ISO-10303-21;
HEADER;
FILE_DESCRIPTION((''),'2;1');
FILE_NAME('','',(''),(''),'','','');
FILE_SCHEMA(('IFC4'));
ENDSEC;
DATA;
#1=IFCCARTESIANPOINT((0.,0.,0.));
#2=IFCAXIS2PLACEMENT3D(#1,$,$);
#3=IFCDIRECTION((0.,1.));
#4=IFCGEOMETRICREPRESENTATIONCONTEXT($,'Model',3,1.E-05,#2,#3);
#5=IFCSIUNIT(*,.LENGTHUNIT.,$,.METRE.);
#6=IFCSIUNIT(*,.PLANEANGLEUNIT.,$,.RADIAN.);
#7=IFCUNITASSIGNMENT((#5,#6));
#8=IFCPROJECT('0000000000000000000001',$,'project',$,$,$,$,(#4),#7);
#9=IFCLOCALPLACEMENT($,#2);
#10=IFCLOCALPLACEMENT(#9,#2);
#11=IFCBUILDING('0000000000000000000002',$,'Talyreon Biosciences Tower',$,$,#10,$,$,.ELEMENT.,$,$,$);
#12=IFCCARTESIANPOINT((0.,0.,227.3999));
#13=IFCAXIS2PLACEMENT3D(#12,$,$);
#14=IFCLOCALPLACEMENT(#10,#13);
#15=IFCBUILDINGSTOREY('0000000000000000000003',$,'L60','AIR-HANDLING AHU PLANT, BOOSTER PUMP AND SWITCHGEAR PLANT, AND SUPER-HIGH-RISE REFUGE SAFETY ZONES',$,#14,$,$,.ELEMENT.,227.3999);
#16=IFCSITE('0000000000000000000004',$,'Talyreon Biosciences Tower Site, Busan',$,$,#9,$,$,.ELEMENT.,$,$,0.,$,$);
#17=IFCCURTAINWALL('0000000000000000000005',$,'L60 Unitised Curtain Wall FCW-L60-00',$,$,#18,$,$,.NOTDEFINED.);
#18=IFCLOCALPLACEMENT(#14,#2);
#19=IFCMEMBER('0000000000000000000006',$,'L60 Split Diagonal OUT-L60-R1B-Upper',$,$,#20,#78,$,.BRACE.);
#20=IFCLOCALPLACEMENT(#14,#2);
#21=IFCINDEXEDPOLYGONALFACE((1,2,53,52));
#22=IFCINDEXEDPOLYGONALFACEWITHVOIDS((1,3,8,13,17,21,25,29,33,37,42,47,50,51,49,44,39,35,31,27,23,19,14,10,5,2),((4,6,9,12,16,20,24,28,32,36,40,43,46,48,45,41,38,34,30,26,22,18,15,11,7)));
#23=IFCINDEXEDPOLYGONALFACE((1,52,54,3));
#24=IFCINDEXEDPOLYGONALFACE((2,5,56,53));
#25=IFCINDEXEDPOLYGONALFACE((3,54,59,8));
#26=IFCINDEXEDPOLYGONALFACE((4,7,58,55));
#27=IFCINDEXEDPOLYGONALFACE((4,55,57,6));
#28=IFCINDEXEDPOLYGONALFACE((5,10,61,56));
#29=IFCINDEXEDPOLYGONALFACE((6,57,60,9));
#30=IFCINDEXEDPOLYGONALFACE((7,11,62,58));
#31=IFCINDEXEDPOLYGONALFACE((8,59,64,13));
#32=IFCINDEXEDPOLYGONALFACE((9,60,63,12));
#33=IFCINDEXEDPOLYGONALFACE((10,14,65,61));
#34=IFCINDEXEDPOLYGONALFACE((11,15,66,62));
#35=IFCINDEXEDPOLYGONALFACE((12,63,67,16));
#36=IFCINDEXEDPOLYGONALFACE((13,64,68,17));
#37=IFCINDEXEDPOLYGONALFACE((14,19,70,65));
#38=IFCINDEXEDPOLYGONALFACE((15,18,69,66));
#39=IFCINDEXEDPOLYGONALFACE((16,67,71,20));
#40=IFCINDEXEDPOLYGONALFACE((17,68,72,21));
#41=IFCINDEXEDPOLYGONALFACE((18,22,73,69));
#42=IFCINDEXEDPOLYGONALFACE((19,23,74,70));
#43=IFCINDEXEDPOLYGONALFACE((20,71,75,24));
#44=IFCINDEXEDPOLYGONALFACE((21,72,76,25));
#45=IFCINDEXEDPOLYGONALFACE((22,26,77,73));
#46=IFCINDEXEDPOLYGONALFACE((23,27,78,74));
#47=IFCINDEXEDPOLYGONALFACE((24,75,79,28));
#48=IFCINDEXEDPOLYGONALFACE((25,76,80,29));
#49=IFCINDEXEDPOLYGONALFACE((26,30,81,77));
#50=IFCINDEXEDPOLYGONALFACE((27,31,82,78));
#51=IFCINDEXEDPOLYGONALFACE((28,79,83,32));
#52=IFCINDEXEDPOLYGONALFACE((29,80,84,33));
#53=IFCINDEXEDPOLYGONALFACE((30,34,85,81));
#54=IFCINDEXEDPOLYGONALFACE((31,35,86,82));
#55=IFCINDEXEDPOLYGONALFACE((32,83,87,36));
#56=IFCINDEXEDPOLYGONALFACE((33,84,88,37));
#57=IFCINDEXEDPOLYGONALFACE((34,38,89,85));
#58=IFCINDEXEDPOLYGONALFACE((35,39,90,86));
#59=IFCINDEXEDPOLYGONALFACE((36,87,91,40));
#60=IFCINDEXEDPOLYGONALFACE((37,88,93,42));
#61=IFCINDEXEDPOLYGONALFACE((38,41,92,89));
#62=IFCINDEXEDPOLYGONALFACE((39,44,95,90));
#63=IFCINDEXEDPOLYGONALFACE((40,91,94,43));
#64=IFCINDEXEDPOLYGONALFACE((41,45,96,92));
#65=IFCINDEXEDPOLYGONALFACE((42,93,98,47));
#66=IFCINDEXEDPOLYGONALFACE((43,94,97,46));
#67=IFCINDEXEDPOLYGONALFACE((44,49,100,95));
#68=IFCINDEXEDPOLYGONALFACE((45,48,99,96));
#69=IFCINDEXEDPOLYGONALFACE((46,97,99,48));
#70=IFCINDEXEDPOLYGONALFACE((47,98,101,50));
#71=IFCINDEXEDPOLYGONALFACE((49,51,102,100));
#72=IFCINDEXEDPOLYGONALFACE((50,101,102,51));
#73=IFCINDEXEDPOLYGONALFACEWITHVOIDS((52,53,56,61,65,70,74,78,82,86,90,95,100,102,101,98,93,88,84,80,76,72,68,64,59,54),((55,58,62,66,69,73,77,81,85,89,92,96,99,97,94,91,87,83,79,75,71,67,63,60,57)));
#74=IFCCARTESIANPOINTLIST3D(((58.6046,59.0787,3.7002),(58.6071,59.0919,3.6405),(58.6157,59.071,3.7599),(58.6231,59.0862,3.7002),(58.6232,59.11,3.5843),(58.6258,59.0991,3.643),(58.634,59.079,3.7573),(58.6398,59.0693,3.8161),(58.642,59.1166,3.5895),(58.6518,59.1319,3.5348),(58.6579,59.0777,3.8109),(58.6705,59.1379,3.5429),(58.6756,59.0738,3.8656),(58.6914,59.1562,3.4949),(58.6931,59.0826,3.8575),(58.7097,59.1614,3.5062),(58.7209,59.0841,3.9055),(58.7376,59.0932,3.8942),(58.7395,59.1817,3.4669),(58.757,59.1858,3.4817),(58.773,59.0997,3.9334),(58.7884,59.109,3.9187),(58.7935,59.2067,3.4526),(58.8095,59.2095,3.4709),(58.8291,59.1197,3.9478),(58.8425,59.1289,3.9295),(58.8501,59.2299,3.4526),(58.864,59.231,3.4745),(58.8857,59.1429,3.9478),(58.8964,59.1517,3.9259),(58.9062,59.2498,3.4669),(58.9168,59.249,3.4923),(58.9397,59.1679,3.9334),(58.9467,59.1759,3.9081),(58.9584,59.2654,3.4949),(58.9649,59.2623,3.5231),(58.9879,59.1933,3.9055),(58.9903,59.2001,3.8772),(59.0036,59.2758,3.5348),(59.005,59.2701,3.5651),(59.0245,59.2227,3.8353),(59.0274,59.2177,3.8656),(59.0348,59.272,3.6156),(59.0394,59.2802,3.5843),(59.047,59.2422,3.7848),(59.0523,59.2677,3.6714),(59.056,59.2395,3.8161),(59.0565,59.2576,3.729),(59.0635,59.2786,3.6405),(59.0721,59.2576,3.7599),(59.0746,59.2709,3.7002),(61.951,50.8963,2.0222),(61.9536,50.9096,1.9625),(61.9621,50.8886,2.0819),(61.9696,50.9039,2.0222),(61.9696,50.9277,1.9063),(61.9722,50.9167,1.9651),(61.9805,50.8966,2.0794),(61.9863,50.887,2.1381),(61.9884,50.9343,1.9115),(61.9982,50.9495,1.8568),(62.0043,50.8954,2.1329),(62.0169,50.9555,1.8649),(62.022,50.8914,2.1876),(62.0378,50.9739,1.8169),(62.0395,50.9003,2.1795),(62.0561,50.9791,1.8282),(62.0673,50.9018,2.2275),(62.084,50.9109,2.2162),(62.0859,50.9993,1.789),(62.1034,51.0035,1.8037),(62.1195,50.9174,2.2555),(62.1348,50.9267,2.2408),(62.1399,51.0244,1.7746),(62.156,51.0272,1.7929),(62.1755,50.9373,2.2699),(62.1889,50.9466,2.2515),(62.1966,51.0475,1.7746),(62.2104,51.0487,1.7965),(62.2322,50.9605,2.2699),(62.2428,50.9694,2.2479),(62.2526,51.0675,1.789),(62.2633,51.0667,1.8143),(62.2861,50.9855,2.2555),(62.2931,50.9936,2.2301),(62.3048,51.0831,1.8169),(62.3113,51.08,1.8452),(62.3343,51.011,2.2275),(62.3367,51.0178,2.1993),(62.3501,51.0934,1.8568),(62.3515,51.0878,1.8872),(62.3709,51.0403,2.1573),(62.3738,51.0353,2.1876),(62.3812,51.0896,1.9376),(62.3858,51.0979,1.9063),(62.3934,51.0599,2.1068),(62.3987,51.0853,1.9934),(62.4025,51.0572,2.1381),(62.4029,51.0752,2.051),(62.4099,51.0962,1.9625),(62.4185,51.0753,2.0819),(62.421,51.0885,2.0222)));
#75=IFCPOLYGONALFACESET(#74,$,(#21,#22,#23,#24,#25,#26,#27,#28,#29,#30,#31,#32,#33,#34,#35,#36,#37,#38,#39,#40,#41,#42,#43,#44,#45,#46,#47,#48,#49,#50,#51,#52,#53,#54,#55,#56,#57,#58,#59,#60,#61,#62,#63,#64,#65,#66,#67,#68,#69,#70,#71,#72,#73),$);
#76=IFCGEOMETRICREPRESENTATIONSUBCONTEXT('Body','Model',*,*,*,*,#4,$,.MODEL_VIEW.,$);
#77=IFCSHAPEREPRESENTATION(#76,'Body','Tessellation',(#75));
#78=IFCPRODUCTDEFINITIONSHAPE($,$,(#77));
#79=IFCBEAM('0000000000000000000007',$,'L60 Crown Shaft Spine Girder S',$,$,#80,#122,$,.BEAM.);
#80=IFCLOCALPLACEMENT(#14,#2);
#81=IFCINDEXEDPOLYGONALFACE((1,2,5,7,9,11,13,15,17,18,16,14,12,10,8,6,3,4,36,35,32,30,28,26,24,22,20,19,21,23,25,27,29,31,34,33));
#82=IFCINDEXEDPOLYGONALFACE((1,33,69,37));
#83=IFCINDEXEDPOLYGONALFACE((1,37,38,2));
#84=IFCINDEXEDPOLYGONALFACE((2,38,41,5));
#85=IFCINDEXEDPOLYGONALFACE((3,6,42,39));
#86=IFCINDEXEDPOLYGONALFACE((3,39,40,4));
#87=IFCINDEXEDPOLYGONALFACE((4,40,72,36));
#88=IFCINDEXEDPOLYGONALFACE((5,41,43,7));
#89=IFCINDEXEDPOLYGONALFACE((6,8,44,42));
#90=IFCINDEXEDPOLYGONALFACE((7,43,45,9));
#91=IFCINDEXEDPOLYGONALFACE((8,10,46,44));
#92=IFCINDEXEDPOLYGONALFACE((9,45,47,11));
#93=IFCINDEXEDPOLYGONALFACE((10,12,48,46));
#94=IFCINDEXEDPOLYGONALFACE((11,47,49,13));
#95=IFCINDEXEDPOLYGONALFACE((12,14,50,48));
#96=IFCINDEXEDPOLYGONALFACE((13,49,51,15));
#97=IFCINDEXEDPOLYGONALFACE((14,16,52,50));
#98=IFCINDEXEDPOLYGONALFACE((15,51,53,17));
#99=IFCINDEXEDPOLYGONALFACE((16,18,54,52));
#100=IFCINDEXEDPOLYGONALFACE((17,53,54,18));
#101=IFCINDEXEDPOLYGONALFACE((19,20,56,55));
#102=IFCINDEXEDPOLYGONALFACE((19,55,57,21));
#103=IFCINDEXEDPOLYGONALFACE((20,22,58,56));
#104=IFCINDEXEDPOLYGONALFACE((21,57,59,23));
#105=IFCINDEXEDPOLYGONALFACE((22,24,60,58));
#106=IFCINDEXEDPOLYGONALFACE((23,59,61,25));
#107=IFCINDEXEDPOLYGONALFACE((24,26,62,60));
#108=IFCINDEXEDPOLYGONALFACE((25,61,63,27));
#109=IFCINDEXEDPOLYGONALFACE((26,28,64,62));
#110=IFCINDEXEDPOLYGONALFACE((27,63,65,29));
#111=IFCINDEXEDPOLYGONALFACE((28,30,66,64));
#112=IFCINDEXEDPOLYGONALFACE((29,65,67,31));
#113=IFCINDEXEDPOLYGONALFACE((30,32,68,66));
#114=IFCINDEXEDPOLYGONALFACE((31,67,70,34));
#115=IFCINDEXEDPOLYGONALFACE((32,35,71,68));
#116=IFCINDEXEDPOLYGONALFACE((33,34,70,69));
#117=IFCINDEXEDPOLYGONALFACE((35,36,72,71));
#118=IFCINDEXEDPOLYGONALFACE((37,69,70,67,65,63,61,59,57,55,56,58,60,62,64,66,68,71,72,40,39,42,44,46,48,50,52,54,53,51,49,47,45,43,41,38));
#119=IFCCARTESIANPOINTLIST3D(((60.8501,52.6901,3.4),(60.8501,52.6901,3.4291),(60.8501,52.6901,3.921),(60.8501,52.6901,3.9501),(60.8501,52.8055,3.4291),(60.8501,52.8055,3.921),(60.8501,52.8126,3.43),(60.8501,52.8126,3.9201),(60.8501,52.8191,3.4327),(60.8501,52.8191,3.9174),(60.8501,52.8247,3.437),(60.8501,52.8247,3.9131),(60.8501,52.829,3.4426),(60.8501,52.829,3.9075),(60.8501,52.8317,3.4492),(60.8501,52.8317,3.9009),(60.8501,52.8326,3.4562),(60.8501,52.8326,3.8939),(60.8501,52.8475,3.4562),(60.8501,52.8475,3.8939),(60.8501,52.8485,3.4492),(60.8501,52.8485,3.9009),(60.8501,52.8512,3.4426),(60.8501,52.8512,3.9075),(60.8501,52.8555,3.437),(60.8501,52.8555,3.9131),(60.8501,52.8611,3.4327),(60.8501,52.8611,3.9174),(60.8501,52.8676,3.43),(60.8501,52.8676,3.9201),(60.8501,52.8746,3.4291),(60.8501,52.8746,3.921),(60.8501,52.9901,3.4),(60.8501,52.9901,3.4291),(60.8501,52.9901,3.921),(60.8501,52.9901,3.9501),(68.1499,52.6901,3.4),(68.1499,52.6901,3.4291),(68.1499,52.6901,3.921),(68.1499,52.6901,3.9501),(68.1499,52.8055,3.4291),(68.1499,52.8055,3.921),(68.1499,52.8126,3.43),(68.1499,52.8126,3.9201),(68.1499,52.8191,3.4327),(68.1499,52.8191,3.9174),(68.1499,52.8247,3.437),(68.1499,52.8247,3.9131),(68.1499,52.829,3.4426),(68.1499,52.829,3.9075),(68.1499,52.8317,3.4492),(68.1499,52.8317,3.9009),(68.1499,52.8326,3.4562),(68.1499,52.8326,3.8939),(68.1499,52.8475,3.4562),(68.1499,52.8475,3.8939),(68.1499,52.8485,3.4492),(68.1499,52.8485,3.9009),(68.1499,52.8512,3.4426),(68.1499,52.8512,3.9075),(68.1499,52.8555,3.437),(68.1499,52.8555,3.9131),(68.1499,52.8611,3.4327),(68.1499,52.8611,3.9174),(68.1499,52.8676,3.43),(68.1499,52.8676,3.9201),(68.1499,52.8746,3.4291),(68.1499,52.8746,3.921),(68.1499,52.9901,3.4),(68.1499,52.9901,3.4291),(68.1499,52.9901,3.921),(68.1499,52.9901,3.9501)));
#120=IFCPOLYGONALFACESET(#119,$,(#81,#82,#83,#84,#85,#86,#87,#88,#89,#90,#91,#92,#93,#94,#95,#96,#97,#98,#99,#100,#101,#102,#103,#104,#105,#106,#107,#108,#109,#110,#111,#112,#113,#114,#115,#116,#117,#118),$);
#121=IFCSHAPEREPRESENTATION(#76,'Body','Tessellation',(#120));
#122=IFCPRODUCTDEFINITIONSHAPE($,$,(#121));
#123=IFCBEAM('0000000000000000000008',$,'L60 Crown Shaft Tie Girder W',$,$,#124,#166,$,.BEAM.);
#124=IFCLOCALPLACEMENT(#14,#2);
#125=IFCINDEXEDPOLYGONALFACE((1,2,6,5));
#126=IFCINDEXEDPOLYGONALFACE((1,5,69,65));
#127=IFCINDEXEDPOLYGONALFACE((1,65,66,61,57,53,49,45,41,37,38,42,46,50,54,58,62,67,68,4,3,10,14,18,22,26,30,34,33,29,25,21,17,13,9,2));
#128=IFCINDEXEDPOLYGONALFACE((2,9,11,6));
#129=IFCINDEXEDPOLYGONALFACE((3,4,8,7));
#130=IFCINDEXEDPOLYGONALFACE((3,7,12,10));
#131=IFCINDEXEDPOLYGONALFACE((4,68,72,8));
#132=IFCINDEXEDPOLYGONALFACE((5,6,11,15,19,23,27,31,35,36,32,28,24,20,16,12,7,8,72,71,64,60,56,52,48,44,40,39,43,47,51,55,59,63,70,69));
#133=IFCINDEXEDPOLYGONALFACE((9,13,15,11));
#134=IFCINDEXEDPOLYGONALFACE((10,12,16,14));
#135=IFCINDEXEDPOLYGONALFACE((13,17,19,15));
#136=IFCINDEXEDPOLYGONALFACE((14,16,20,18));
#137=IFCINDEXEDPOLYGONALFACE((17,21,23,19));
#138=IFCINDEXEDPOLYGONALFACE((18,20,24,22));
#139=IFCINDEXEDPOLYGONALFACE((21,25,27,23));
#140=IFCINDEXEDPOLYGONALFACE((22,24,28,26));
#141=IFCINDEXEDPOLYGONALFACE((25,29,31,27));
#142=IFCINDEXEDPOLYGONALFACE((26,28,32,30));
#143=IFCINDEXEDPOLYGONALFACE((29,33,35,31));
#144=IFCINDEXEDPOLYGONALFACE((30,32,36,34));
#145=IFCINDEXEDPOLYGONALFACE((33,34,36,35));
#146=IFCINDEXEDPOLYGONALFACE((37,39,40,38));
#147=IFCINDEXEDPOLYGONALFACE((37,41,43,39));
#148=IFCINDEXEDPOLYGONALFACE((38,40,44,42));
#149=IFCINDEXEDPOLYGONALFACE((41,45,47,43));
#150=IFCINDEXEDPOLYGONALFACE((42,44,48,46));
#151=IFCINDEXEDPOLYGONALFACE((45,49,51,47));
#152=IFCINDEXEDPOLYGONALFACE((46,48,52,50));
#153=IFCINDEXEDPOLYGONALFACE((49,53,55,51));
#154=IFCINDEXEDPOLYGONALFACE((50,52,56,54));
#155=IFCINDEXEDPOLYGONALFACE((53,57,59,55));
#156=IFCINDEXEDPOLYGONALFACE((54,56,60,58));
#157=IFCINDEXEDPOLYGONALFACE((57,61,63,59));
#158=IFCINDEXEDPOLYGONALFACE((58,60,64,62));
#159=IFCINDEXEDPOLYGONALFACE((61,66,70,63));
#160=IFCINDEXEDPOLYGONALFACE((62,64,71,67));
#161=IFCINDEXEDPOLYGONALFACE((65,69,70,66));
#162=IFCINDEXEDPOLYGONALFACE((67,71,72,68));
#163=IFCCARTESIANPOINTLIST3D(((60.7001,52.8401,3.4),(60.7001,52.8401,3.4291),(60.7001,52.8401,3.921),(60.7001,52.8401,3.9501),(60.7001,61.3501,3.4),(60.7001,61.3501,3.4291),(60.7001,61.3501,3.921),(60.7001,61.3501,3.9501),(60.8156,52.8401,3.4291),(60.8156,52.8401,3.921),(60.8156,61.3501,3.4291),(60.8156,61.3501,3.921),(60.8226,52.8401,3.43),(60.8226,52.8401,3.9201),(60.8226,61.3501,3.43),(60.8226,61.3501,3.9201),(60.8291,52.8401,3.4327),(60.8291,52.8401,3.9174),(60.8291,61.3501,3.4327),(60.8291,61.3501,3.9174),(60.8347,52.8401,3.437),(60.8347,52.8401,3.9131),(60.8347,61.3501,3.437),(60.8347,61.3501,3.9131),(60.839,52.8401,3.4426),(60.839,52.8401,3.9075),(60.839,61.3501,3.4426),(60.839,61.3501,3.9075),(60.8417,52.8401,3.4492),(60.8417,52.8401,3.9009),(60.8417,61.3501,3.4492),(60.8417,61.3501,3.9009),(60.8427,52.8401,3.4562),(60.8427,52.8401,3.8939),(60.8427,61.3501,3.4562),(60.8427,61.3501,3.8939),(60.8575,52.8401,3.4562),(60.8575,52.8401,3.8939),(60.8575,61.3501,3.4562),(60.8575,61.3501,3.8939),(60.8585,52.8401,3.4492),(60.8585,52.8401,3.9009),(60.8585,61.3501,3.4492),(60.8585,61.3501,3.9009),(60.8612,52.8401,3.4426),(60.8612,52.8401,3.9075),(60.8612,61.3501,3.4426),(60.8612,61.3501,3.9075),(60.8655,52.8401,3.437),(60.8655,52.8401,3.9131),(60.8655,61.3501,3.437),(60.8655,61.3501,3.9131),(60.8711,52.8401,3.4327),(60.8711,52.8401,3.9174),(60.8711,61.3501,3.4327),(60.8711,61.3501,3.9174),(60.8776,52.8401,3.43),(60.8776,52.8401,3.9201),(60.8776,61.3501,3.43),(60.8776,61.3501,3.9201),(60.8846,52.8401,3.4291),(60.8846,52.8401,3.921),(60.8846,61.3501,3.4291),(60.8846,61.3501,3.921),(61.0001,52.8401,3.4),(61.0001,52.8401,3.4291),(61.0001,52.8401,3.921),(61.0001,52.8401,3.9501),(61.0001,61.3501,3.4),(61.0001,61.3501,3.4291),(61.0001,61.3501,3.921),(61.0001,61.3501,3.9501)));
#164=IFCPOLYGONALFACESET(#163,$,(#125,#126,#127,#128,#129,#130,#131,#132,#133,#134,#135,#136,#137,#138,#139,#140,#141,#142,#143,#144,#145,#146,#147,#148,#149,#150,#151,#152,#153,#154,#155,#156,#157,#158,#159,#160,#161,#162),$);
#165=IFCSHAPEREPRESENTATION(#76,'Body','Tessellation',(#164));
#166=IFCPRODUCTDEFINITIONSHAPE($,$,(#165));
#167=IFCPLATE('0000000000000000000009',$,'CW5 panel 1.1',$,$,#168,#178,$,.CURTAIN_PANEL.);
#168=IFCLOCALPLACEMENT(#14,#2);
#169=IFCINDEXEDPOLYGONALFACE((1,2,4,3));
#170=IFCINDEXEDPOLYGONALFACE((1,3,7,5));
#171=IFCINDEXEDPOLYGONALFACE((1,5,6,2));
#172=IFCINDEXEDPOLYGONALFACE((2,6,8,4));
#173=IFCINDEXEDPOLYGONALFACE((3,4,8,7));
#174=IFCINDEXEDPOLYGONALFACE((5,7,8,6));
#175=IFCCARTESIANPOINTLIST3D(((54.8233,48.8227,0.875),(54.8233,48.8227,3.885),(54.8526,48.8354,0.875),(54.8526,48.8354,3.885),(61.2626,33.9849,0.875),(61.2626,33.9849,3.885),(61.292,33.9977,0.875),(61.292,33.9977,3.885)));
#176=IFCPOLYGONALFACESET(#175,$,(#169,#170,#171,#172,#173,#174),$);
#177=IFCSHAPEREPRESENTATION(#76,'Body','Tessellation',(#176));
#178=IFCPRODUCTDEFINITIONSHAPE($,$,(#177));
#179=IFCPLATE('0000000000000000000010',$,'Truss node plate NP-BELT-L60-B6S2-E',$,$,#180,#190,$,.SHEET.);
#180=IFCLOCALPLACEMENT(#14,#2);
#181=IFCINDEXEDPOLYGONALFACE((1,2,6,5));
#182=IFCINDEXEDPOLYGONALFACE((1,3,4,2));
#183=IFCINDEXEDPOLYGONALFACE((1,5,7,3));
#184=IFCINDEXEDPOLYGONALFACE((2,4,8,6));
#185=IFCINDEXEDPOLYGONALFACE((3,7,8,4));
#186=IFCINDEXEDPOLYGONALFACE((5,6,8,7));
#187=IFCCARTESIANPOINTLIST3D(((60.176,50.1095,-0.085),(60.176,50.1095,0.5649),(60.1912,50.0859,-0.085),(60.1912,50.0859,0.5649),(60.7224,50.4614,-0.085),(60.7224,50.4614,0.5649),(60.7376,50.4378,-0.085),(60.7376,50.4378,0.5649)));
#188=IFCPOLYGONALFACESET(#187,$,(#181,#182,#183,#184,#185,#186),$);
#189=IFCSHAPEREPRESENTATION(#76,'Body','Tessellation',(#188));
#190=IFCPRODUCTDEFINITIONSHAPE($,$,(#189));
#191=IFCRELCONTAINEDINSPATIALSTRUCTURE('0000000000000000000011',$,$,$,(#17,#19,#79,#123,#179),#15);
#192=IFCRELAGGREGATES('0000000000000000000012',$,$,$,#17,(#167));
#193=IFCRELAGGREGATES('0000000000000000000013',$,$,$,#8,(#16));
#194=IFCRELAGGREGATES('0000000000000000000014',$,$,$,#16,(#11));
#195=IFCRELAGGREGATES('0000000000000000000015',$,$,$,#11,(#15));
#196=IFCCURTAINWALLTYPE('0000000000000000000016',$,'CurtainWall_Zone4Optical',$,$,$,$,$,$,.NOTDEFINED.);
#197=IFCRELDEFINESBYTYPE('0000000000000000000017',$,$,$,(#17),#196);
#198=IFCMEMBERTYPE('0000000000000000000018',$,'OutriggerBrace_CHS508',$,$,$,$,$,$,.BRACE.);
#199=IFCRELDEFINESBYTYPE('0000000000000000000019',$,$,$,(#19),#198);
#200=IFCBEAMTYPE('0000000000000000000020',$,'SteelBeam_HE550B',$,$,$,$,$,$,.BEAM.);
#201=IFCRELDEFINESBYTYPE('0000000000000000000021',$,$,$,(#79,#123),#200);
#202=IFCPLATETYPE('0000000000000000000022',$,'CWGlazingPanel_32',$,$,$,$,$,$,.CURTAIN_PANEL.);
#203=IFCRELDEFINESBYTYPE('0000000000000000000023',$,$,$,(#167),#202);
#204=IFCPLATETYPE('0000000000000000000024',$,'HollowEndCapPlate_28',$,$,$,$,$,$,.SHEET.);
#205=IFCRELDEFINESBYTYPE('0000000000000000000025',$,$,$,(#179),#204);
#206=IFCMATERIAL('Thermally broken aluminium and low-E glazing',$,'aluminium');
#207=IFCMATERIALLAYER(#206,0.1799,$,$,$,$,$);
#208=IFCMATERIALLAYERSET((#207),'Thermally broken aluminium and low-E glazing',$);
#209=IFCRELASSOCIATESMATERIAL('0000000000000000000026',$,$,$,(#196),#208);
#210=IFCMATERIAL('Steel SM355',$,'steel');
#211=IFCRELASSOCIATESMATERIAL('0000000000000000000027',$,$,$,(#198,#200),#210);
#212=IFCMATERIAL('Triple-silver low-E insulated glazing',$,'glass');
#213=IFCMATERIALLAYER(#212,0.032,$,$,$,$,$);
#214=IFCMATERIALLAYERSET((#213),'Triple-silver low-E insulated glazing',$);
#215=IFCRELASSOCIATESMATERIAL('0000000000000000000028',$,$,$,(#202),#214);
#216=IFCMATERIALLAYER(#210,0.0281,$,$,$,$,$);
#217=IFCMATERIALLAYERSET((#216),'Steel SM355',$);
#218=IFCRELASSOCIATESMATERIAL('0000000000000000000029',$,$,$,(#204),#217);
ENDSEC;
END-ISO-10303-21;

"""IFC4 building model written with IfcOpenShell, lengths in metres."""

from ifc_helpers import new_model, si_unit, direction, frame, origin, origin_2d, place, context, subcontext, project, spatial, rectangle, hollow_circle, i_section, extrude, material, layer, layer_set, material_profile, profile_set, type_object, element, aggregate, save


model = new_model("IFC4")

# Units and contexts
model_context = context("Model", 3, precision=1e-05, world=origin(), true_north=direction((0.0, 1.0)))
body_context = subcontext(model_context, "Body", "Model", "MODEL_VIEW")
ifc_project = project(units=[si_unit("LENGTHUNIT", "METRE"), si_unit("PLANEANGLEUNIT", "RADIAN")], contexts=[model_context])

# Site, building, storey
site_placement = place(None, origin())
site = spatial("IfcSite", under=ifc_project, at=site_placement, Name="Talyreon Biosciences Tower Site, Busan", CompositionType="ELEMENT", RefElevation=0.0)
building_placement = place(site_placement, origin())
building = spatial("IfcBuilding", under=site, at=building_placement, Name="Talyreon Biosciences Tower", CompositionType="ELEMENT")
storey_placement = place(building_placement, frame((0.0, 0.0, 227.3999)))
storey = spatial("IfcBuildingStorey", under=building, at=storey_placement, Name="L60", Description="AIR-HANDLING AHU PLANT, BOOSTER PUMP AND SWITCHGEAR PLANT, AND SUPER-HIGH-RISE REFUGE SAFETY ZONES", CompositionType="ELEMENT", Elevation=227.3999)

# Shared definitions
ifc_material_1 = material(Name="Steel SM355", Category="steel")

# Curtain wall
ifc_material_2 = material(Name="Thermally broken aluminium and low-E glazing", Category="aluminium")
ifc_layer_1 = layer(ifc_material_2, 0.1799)
ifc_layer_set_1 = layer_set([ifc_layer_1], Name="Thermally broken aluminium and low-E glazing")
curtain_wall_type = type_object("IfcCurtainWallType", Name="CurtainWall_Zone4Optical", PredefinedType="NOTDEFINED", material=ifc_layer_set_1)
curtain_wall_placement = place(storey_placement, origin())
curtain_wall = element("IfcCurtainWall", 1, at=curtain_wall_placement, inside=storey, type_object=curtain_wall_type, Name="L60 Unitised Curtain Wall FCW-L60-00", PredefinedType="NOTDEFINED")

# Member
ifc_material_profile_1 = material_profile(ifc_material_1, hollow_circle(Radius=0.2539, WallThickness=0.02, at=origin_2d()), Name="CHS 508x20")
ifc_profile_set_1 = profile_set([ifc_material_profile_1], Name="Steel SM355")
member_type_1 = type_object("IfcMemberType", Name="OutriggerBrace_CHS508", PredefinedType="BRACE", material=ifc_profile_set_1)
member_1_placement = place(storey_placement, frame((62.186, 50.9924, 2.0222), z_axis=(-0.371905, 0.909346, 0.186482), x_axis=(-0.925583, -0.378546, 0.0)))
element("IfcMember", 2, at=member_1_placement, inside=storey, type_object=member_type_1, Name="L60 Split Diagonal OUT-L60-R1B-Upper", PredefinedType="BRACE", context=body_context, shape_type="SweptSolid", body=[
    extrude(hollow_circle(Radius=0.2539, WallThickness=0.02, at=origin_2d()), origin(), (0.0, 0.0, 1.0), 8.998),
])

# Beams
ifc_material_profile_2 = material_profile(ifc_material_1, i_section(OverallWidth=0.3, OverallDepth=0.55, WebThickness=0.0149, FlangeThickness=0.0291, FilletRadius=0.0271, at=origin_2d()), Name="HE550B")
ifc_profile_set_2 = profile_set([ifc_material_profile_2], Name="Steel SM355")
beam_type = type_object("IfcBeamType", Name="SteelBeam_HE550B", PredefinedType="BEAM", material=ifc_profile_set_2)
beam_1_placement = place(storey_placement, frame((60.8501, 52.8401, 3.675), z_axis=(1.0, 0.0, 0.0), x_axis=(0.0, 1.0, 0.0)))
element("IfcBeam", 3, at=beam_1_placement, inside=storey, type_object=beam_type, Name="L60 Crown Shaft Spine Girder S", PredefinedType="BEAM", context=body_context, shape_type="SweptSolid", body=[
    extrude(i_section(OverallWidth=0.3, OverallDepth=0.55, WebThickness=0.0149, FlangeThickness=0.0291, FilletRadius=0.0271, at=origin_2d()), origin(), (0.0, 0.0, 1.0), 7.2998),
])
beam_2_placement = place(storey_placement, frame((60.8501, 52.8401, 3.675), z_axis=(0.0, 1.0, 0.0), x_axis=(-1.0, 0.0, 0.0)))
element("IfcBeam", 4, at=beam_2_placement, inside=storey, type_object=beam_type, Name="L60 Crown Shaft Tie Girder W", PredefinedType="BEAM", context=body_context, shape_type="SweptSolid", body=[
    extrude(i_section(OverallWidth=0.3, OverallDepth=0.55, WebThickness=0.0149, FlangeThickness=0.0291, FilletRadius=0.0271, at=origin_2d()), origin(), (0.0, 0.0, 1.0), 8.51),
])

# Plate
ifc_material_3 = material(Name="Triple-silver low-E insulated glazing", Category="glass")
ifc_layer_2 = layer(ifc_material_3, 0.032)
ifc_layer_set_2 = layer_set([ifc_layer_2], Name="Triple-silver low-E insulated glazing")
plate_type_1 = type_object("IfcPlateType", Name="CWGlazingPanel_32", PredefinedType="CURTAIN_PANEL", material=ifc_layer_set_2)
plate_1_placement = place(storey_placement, frame((58.0576, 41.4102, 0.875), z_axis=(0.0, 0.0, 1.0), x_axis=(-0.398112, 0.917337, 0.0)))
plate_1 = element("IfcPlate", 5, at=plate_1_placement, type_object=plate_type_1, Name="CW5 panel 1.1", PredefinedType="CURTAIN_PANEL", context=body_context, shape_type="SweptSolid", body=[
    extrude(rectangle(XDim=16.1748, YDim=0.032, at=origin_2d()), origin(), (0.0, 0.0, 1.0), 3.01),
])
aggregate(curtain_wall, [plate_1])

# Plate
ifc_layer_3 = layer(ifc_material_1, 0.0281)
ifc_layer_set_3 = layer_set([ifc_layer_3], Name="Steel SM355")
plate_type_2 = type_object("IfcPlateType", Name="HollowEndCapPlate_28", PredefinedType="SHEET", material=ifc_layer_set_3)
plate_2_placement = place(storey_placement, frame((60.4568, 50.2737, -0.085), z_axis=(0.0, 0.0, 1.0), x_axis=(0.840727, 0.541459, 0.0)))
element("IfcPlate", 6, at=plate_2_placement, inside=storey, type_object=plate_type_2, Name="Truss node plate NP-BELT-L60-B6S2-E", PredefinedType="SHEET", context=body_context, shape_type="SweptSolid", body=[
    extrude(rectangle(XDim=0.6499, YDim=0.0281, at=origin_2d()), origin(), (0.0, 0.0, 1.0), 0.6499),
])

save(model, "model.ifc")
